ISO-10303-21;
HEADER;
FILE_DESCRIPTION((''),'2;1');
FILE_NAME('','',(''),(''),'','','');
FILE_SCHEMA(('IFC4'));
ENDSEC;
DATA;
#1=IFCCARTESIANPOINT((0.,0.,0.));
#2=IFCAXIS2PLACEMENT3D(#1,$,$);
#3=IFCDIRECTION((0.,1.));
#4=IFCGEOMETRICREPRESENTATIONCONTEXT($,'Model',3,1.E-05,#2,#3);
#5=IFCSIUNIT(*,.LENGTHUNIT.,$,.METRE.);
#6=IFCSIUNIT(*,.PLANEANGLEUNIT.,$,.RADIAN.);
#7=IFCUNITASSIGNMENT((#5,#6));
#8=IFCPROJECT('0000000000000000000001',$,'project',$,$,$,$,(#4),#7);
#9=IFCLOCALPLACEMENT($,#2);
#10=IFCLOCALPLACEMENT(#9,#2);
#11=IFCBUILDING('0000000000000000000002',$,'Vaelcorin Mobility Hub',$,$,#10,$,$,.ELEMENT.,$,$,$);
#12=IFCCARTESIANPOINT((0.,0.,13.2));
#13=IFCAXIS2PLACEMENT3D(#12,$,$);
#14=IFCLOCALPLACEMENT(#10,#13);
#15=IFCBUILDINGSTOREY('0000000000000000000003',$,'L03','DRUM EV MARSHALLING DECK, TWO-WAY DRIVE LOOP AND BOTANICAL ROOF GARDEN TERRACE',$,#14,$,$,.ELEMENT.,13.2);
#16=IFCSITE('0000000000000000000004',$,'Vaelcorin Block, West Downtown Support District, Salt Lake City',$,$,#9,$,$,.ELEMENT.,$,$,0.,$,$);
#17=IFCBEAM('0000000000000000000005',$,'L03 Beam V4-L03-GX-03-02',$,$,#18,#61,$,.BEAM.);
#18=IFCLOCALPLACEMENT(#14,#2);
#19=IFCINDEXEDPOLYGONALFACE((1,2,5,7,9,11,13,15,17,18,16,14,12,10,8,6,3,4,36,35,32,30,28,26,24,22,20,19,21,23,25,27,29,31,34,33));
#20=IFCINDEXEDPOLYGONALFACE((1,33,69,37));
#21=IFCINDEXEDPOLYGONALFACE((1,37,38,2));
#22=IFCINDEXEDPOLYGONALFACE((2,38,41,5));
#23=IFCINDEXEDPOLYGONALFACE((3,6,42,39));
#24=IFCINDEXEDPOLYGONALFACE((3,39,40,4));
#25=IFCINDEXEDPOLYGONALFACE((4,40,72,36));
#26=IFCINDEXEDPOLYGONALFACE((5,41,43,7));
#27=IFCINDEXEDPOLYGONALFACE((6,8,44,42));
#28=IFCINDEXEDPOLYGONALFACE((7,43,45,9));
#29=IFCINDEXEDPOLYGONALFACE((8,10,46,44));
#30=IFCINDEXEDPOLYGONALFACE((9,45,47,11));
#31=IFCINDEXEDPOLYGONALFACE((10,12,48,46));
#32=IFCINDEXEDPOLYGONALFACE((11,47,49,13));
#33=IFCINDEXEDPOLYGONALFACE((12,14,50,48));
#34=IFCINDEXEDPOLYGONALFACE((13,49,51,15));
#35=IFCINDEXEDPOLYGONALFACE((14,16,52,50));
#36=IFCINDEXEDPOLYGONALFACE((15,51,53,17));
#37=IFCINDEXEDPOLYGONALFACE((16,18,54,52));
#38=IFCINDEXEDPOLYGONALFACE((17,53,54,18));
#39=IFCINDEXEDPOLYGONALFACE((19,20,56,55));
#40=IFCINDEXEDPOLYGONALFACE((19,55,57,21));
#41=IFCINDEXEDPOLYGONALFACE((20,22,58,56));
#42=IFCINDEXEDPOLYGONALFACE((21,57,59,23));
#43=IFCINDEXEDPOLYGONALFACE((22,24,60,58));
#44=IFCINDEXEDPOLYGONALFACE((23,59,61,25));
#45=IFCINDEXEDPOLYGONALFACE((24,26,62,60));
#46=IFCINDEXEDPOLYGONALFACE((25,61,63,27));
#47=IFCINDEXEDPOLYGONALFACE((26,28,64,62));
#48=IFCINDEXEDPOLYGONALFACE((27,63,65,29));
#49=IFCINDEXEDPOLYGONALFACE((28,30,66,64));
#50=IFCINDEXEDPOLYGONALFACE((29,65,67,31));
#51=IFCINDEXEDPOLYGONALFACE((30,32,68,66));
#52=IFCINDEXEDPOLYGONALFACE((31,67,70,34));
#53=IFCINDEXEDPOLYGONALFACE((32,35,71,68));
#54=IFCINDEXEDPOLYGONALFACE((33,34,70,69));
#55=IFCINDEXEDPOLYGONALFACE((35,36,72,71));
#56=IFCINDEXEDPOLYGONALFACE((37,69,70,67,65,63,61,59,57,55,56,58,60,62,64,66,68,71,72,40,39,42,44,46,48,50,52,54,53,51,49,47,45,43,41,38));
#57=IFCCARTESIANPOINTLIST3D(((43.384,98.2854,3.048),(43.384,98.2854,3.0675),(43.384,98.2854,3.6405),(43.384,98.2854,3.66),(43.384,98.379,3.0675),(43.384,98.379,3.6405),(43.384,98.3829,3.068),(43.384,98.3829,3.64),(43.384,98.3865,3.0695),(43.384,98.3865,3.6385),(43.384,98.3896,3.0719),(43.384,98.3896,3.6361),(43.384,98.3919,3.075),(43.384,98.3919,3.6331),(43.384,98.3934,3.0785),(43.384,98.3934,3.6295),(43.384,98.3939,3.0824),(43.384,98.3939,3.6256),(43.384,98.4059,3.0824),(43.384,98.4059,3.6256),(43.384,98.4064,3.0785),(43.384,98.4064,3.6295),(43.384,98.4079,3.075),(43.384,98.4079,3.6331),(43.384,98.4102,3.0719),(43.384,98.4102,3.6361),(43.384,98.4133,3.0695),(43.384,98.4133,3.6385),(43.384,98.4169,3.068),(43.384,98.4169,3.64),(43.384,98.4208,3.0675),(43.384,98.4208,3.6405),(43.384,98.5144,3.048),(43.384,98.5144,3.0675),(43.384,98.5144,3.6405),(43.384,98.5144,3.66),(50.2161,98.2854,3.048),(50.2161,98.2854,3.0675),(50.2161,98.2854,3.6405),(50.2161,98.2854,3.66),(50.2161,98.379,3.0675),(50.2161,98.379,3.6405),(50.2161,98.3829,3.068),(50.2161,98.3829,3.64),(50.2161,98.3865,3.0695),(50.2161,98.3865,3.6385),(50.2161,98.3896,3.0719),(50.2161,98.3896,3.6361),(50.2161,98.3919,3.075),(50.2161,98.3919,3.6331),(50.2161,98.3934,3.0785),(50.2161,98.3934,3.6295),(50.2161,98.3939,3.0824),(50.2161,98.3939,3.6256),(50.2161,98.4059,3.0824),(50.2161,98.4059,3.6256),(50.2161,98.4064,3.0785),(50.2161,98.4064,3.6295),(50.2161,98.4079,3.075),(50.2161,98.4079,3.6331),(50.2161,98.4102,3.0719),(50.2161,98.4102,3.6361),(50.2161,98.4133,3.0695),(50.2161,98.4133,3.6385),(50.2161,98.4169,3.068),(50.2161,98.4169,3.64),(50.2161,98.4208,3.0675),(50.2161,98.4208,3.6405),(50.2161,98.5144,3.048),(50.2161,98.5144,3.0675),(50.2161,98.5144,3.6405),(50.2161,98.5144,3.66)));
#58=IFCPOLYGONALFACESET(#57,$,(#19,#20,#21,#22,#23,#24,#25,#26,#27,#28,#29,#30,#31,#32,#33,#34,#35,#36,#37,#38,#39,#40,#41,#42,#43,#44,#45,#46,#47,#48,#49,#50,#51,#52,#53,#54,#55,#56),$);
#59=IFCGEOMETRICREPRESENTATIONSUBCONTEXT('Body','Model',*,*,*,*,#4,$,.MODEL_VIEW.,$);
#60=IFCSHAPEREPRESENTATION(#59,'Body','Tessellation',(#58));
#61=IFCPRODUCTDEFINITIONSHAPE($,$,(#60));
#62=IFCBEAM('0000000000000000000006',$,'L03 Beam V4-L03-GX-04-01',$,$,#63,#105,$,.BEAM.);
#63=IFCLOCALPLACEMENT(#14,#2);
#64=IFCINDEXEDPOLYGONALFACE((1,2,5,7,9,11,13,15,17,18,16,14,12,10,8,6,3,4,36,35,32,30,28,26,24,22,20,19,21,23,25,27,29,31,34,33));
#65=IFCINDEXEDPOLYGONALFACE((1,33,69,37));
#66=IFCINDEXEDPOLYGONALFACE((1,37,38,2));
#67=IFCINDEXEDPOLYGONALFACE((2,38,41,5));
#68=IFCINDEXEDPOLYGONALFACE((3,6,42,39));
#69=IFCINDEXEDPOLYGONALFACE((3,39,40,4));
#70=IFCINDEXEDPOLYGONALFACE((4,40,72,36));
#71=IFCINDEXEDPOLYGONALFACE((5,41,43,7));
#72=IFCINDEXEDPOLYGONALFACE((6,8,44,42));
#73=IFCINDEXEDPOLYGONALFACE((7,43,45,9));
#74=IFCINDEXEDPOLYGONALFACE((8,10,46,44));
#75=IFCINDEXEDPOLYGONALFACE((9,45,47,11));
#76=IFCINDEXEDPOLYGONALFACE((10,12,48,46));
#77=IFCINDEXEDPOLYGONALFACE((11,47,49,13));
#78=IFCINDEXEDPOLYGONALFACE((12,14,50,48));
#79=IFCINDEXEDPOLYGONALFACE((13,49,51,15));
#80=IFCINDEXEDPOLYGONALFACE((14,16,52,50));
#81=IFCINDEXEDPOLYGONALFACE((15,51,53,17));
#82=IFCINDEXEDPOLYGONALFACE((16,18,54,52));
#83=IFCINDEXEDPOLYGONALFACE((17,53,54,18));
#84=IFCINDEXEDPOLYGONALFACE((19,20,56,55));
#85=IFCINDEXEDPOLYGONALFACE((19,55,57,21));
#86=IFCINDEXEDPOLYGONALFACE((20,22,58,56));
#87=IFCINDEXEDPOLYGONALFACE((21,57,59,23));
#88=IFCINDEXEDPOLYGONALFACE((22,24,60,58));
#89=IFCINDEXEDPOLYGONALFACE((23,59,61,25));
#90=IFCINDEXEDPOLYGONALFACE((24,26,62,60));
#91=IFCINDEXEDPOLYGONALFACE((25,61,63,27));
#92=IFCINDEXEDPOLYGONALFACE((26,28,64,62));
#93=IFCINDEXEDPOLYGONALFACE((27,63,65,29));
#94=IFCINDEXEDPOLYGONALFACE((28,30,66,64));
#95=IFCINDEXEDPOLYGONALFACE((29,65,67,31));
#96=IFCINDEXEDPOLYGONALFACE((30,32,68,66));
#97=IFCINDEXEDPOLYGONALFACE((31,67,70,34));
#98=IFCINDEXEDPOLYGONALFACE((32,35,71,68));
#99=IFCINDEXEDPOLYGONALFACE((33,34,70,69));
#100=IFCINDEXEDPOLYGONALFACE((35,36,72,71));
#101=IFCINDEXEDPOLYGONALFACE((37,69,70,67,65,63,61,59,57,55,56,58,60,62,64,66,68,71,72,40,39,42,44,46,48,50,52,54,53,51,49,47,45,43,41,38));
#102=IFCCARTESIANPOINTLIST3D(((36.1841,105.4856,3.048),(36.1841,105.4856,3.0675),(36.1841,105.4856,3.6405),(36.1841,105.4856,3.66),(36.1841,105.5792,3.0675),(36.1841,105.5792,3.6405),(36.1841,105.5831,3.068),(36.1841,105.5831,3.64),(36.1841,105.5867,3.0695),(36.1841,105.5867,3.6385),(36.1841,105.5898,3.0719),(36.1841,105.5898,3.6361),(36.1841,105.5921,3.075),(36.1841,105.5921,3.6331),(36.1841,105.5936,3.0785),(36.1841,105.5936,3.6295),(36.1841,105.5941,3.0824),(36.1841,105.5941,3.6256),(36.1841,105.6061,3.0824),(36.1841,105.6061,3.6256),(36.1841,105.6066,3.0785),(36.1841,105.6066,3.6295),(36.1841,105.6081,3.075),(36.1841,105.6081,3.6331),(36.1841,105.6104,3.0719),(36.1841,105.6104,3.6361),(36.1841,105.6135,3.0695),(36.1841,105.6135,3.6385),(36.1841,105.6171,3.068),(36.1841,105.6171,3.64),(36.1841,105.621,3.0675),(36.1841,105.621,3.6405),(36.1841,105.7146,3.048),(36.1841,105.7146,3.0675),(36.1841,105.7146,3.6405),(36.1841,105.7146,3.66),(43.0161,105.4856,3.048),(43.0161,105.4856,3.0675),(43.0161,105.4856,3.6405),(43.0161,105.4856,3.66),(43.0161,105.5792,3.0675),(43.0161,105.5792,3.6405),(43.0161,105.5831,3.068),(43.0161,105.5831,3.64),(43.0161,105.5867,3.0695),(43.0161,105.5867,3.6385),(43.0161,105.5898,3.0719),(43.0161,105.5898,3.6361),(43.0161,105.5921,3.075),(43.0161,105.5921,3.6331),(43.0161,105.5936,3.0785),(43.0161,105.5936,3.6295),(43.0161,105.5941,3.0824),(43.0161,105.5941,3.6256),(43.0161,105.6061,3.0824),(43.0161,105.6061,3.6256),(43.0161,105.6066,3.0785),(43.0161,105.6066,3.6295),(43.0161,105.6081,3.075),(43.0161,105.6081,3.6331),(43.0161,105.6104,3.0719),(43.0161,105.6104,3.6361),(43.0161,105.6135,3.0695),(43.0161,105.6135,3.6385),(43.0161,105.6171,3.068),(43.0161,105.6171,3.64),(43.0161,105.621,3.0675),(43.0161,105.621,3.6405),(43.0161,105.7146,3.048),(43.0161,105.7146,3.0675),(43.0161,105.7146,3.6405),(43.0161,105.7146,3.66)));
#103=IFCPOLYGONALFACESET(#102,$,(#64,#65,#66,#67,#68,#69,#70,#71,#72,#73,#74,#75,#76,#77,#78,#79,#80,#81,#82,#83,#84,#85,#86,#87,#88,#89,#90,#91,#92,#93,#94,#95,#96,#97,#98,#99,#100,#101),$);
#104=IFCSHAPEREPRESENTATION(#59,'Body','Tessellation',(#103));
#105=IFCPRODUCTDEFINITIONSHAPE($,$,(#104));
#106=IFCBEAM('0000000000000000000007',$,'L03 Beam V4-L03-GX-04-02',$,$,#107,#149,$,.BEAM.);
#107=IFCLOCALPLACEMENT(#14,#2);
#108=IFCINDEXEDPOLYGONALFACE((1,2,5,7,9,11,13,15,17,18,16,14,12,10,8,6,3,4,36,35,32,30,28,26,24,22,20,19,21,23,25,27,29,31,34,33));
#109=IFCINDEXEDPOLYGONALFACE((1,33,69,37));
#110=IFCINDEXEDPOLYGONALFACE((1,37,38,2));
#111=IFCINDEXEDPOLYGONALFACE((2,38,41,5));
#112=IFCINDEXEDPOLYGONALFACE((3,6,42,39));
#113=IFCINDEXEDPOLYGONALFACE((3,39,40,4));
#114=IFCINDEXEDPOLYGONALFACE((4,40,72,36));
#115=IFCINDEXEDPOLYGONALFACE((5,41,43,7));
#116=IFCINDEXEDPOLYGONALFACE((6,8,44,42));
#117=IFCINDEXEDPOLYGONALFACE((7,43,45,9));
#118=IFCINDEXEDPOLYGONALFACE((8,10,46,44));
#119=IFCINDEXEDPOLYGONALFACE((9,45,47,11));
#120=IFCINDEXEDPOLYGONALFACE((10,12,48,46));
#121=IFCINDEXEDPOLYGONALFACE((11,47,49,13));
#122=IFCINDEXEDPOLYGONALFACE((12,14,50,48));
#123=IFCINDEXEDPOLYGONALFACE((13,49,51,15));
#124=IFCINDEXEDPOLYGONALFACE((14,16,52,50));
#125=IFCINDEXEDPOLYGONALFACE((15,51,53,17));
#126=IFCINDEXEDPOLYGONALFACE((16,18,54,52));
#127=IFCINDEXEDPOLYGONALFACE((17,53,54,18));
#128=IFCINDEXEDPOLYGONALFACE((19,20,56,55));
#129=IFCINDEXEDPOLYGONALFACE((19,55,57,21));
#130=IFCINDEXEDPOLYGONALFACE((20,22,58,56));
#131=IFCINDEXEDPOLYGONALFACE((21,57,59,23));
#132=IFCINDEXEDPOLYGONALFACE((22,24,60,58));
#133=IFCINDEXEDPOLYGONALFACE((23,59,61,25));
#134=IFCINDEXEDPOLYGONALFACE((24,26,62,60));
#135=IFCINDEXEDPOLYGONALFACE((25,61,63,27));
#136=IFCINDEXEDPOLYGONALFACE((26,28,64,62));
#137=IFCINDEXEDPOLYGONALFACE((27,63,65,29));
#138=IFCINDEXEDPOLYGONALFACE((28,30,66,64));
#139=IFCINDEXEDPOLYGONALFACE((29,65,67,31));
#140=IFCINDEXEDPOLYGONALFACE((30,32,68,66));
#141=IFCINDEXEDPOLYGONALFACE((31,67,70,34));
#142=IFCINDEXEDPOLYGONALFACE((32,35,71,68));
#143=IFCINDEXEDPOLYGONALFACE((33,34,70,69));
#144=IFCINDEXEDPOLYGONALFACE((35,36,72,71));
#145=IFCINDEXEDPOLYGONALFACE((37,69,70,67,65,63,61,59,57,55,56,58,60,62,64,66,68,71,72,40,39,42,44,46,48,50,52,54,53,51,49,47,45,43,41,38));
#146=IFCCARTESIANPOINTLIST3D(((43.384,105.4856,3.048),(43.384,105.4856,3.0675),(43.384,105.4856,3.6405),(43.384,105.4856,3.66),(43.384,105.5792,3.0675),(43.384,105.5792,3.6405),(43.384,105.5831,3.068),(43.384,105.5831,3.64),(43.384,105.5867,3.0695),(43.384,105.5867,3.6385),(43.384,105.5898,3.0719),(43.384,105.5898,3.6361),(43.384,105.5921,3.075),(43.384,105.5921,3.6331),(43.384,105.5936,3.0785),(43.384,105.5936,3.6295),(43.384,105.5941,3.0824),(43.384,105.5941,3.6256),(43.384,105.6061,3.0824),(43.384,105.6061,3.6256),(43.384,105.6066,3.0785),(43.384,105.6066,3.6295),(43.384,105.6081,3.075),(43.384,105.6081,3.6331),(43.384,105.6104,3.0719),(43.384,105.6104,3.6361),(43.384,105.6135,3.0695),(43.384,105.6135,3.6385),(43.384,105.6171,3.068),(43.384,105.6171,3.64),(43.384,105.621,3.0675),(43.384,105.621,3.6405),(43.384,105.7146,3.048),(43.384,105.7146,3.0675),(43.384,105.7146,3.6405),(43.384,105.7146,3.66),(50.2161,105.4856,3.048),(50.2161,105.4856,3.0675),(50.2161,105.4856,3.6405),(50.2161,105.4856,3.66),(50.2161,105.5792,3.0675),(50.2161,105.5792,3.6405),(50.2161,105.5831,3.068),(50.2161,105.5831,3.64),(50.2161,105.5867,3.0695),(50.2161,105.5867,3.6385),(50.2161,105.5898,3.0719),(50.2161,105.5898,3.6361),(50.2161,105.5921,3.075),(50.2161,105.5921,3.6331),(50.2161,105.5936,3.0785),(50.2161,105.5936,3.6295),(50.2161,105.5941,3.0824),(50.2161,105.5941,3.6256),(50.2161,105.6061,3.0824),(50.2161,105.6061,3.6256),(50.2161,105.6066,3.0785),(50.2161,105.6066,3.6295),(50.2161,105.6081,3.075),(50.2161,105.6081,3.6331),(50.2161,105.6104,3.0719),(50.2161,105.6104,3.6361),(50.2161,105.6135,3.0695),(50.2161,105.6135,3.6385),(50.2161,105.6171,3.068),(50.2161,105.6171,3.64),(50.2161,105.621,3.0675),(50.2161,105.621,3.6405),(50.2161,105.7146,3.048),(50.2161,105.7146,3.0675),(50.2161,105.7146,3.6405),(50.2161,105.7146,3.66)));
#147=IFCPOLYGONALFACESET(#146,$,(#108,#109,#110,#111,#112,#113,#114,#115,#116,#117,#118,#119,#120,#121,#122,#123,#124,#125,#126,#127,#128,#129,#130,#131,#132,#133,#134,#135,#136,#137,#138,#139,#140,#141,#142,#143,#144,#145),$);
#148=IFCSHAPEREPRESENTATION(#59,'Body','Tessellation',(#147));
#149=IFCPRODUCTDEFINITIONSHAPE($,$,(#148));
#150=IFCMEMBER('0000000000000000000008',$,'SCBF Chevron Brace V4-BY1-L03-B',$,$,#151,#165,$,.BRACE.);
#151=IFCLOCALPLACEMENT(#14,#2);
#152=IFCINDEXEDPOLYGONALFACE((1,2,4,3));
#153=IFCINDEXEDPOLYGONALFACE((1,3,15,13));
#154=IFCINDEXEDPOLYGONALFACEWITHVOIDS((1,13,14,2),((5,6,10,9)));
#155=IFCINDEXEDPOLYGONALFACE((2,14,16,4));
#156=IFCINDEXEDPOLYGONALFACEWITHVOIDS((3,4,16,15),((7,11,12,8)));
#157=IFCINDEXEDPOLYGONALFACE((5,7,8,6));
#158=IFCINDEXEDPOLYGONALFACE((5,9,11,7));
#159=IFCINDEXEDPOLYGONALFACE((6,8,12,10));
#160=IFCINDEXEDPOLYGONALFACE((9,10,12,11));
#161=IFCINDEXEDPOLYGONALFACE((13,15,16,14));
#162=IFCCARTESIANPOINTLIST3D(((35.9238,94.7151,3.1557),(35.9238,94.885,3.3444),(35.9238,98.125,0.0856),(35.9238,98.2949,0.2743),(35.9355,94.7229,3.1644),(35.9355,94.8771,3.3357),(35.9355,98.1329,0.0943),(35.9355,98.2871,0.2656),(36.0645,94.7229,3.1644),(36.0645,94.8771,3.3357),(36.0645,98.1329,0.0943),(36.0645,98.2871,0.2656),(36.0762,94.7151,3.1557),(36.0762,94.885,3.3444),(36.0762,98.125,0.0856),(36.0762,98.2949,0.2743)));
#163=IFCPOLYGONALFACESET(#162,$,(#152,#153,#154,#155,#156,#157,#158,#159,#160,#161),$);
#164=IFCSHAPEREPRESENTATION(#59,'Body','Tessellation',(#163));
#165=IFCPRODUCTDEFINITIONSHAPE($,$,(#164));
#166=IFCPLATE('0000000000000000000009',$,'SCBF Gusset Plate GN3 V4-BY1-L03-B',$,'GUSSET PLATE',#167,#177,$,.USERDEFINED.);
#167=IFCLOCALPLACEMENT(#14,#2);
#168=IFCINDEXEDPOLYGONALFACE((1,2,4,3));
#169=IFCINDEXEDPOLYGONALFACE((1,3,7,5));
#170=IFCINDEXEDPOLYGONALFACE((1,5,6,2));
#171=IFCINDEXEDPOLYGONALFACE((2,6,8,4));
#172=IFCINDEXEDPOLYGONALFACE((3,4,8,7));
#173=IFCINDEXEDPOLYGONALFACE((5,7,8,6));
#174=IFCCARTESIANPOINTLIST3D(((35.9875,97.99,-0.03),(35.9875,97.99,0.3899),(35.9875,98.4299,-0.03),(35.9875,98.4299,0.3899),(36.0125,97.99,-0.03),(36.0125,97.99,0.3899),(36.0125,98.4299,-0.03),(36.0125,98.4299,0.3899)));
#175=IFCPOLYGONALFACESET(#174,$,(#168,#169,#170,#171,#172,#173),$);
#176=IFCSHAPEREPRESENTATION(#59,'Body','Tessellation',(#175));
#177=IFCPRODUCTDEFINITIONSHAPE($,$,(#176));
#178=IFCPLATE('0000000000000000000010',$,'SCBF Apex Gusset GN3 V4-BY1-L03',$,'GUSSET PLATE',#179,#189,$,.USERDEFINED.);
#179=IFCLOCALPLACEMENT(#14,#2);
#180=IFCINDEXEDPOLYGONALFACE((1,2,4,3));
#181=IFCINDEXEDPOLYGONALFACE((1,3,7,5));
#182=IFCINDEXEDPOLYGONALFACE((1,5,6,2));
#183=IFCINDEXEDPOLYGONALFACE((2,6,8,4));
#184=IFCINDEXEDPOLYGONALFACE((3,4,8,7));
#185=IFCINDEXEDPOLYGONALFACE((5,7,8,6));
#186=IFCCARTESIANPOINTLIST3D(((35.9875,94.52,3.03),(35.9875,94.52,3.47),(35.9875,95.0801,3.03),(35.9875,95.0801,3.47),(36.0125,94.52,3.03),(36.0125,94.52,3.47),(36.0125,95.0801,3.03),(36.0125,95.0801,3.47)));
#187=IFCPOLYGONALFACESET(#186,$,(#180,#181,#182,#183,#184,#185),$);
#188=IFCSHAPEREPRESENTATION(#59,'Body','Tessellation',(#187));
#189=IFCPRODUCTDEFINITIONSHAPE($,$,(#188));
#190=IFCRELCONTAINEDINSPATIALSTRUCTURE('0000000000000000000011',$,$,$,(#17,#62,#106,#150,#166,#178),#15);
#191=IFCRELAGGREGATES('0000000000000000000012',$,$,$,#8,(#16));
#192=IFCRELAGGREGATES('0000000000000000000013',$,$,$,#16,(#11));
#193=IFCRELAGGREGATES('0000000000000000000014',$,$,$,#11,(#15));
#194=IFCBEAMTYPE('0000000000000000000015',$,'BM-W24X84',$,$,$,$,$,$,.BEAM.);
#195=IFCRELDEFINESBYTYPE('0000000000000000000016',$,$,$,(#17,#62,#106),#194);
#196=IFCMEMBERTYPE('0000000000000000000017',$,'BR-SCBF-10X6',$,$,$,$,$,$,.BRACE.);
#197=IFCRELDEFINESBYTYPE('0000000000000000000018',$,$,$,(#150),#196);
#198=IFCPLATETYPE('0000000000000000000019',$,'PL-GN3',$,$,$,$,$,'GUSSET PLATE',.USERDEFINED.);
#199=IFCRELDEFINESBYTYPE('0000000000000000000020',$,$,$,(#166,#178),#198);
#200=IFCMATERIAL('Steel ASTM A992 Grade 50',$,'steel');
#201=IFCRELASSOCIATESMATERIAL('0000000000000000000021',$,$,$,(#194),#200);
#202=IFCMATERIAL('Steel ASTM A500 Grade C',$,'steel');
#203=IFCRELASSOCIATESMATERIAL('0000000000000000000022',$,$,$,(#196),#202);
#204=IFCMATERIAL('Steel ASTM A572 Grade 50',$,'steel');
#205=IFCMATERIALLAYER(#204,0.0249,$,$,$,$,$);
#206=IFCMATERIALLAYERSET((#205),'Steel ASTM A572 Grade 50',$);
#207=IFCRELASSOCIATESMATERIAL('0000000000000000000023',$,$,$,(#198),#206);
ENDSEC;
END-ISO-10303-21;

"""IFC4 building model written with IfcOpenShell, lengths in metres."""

from ifc_helpers import new_model, si_unit, direction, frame, origin, origin_2d, place, context, subcontext, project, spatial, rectangle, hollow_rectangle, i_section, extrude, material, layer, layer_set, material_profile, profile_set, type_object, element, save


model = new_model("IFC4")

# Units and contexts
model_context = context("Model", 3, precision=1e-05, world=origin(), true_north=direction((0.0, 1.0)))
body_context = subcontext(model_context, "Body", "Model", "MODEL_VIEW")
ifc_project = project(units=[si_unit("LENGTHUNIT", "METRE"), si_unit("PLANEANGLEUNIT", "RADIAN")], contexts=[model_context])

# Site, building, storey
site_placement = place(None, origin())
site = spatial("IfcSite", under=ifc_project, at=site_placement, Name="Vaelcorin Block, West Downtown Support District, Salt Lake City", CompositionType="ELEMENT", RefElevation=0.0)
building_placement = place(site_placement, origin())
building = spatial("IfcBuilding", under=site, at=building_placement, Name="Vaelcorin Mobility Hub", CompositionType="ELEMENT")
storey_placement = place(building_placement, frame((0.0, 0.0, 13.2)))
storey = spatial("IfcBuildingStorey", under=building, at=storey_placement, Name="L03", Description="DRUM EV MARSHALLING DECK, TWO-WAY DRIVE LOOP AND BOTANICAL ROOF GARDEN TERRACE", CompositionType="ELEMENT", Elevation=13.2)

# Shared definitions
ifc_material_1 = material(Name="Steel ASTM A992 Grade 50", Category="steel")

# Beams
ifc_material_profile_1 = material_profile(ifc_material_1, i_section(OverallWidth=0.229, OverallDepth=0.6121, WebThickness=0.012, FlangeThickness=0.0195, FilletRadius=0.0149, at=origin_2d()), Name="W24X84")
ifc_profile_set_1 = profile_set([ifc_material_profile_1], Name="Steel ASTM A992 Grade 50")
beam_type_1 = type_object("IfcBeamType", Name="BM-W24X84", PredefinedType="BEAM", material=ifc_profile_set_1)
for number, where, z_axis, x_axis, name in (
    (1, (43.384, 98.3999, 3.354), (1.0, 0.0, 0.0), (0.0, 1.0, 0.0), "L03 Beam V4-L03-GX-03-02"),
    (2, (36.1841, 105.6001, 3.354), (1.0, 0.0, 0.0), (0.0, 1.0, 0.0), "L03 Beam V4-L03-GX-04-01"),
    (3, (43.384, 105.6001, 3.354), (1.0, 0.0, 0.0), (0.0, 1.0, 0.0), "L03 Beam V4-L03-GX-04-02"),
):
    element("IfcBeam", number, at=place(storey_placement, frame(where, z_axis=z_axis, x_axis=x_axis)), inside=storey, type_object=beam_type_1, Name=name, PredefinedType="BEAM", context=body_context, shape_type="SweptSolid", body=[
        extrude(i_section(OverallWidth=0.229, OverallDepth=0.6121, WebThickness=0.012, FlangeThickness=0.0195, FilletRadius=0.0149, at=origin_2d()), origin(), (0.0, 0.0, 1.0), 6.832),
    ])

# Member
ifc_material_2 = material(Name="Steel ASTM A500 Grade C", Category="steel")
ifc_material_profile_2 = material_profile(ifc_material_2, hollow_rectangle(XDim=0.1523, YDim=0.2539, WallThickness=0.0117, at=origin_2d()), Name="HSS10X6X0.500")
ifc_profile_set_2 = profile_set([ifc_material_profile_2], Name="Steel ASTM A500 Grade C")
member_type = type_object("IfcMemberType", Name="BR-SCBF-10X6", PredefinedType="BRACE", material=ifc_profile_set_2)
member_placement = place(storey_placement, frame((36.0, 98.21, 0.1799), z_axis=(0.0, -0.74317, 0.669103), x_axis=(1.0, 0.0, 0.0)))
element("IfcMember", 4, at=member_placement, inside=storey, type_object=member_type, Name="SCBF Chevron Brace V4-BY1-L03-B", PredefinedType="BRACE", context=body_context, shape_type="SweptSolid", body=[
    extrude(hollow_rectangle(XDim=0.1523, YDim=0.2539, WallThickness=0.0117, at=origin_2d()), origin(), (0.0, 0.0, 1.0), 4.5884),
])

# Plates
ifc_material_3 = material(Name="Steel ASTM A572 Grade 50", Category="steel")
ifc_layer_1 = layer(ifc_material_3, 0.0249)
ifc_layer_set_1 = layer_set([ifc_layer_1], Name="Steel ASTM A572 Grade 50")
plate_type = type_object("IfcPlateType", Name="PL-GN3", ElementType="GUSSET PLATE", PredefinedType="USERDEFINED", material=ifc_layer_set_1)
plate_1_placement = place(storey_placement, frame((36.0, 98.21, -0.03), z_axis=(0.0, 0.0, 1.0), x_axis=(0.0, 1.0, 0.0)))
element("IfcPlate", 5, at=plate_1_placement, inside=storey, type_object=plate_type, Name="SCBF Gusset Plate GN3 V4-BY1-L03-B", ObjectType="GUSSET PLATE", PredefinedType="USERDEFINED", context=body_context, shape_type="SweptSolid", body=[
    extrude(rectangle(XDim=0.4399, YDim=0.0249, at=origin_2d()), origin(), (0.0, 0.0, 1.0), 0.4199),
])
plate_2_placement = place(storey_placement, frame((36.0, 94.8, 3.03), z_axis=(0.0, 0.0, 1.0), x_axis=(0.0, 1.0, 0.0)))
element("IfcPlate", 6, at=plate_2_placement, inside=storey, type_object=plate_type, Name="SCBF Apex Gusset GN3 V4-BY1-L03", ObjectType="GUSSET PLATE", PredefinedType="USERDEFINED", context=body_context, shape_type="SweptSolid", body=[
    extrude(rectangle(XDim=0.5601, YDim=0.0249, at=origin_2d()), origin(), (0.0, 0.0, 1.0), 0.4399),
])

save(model, "model.ifc")
